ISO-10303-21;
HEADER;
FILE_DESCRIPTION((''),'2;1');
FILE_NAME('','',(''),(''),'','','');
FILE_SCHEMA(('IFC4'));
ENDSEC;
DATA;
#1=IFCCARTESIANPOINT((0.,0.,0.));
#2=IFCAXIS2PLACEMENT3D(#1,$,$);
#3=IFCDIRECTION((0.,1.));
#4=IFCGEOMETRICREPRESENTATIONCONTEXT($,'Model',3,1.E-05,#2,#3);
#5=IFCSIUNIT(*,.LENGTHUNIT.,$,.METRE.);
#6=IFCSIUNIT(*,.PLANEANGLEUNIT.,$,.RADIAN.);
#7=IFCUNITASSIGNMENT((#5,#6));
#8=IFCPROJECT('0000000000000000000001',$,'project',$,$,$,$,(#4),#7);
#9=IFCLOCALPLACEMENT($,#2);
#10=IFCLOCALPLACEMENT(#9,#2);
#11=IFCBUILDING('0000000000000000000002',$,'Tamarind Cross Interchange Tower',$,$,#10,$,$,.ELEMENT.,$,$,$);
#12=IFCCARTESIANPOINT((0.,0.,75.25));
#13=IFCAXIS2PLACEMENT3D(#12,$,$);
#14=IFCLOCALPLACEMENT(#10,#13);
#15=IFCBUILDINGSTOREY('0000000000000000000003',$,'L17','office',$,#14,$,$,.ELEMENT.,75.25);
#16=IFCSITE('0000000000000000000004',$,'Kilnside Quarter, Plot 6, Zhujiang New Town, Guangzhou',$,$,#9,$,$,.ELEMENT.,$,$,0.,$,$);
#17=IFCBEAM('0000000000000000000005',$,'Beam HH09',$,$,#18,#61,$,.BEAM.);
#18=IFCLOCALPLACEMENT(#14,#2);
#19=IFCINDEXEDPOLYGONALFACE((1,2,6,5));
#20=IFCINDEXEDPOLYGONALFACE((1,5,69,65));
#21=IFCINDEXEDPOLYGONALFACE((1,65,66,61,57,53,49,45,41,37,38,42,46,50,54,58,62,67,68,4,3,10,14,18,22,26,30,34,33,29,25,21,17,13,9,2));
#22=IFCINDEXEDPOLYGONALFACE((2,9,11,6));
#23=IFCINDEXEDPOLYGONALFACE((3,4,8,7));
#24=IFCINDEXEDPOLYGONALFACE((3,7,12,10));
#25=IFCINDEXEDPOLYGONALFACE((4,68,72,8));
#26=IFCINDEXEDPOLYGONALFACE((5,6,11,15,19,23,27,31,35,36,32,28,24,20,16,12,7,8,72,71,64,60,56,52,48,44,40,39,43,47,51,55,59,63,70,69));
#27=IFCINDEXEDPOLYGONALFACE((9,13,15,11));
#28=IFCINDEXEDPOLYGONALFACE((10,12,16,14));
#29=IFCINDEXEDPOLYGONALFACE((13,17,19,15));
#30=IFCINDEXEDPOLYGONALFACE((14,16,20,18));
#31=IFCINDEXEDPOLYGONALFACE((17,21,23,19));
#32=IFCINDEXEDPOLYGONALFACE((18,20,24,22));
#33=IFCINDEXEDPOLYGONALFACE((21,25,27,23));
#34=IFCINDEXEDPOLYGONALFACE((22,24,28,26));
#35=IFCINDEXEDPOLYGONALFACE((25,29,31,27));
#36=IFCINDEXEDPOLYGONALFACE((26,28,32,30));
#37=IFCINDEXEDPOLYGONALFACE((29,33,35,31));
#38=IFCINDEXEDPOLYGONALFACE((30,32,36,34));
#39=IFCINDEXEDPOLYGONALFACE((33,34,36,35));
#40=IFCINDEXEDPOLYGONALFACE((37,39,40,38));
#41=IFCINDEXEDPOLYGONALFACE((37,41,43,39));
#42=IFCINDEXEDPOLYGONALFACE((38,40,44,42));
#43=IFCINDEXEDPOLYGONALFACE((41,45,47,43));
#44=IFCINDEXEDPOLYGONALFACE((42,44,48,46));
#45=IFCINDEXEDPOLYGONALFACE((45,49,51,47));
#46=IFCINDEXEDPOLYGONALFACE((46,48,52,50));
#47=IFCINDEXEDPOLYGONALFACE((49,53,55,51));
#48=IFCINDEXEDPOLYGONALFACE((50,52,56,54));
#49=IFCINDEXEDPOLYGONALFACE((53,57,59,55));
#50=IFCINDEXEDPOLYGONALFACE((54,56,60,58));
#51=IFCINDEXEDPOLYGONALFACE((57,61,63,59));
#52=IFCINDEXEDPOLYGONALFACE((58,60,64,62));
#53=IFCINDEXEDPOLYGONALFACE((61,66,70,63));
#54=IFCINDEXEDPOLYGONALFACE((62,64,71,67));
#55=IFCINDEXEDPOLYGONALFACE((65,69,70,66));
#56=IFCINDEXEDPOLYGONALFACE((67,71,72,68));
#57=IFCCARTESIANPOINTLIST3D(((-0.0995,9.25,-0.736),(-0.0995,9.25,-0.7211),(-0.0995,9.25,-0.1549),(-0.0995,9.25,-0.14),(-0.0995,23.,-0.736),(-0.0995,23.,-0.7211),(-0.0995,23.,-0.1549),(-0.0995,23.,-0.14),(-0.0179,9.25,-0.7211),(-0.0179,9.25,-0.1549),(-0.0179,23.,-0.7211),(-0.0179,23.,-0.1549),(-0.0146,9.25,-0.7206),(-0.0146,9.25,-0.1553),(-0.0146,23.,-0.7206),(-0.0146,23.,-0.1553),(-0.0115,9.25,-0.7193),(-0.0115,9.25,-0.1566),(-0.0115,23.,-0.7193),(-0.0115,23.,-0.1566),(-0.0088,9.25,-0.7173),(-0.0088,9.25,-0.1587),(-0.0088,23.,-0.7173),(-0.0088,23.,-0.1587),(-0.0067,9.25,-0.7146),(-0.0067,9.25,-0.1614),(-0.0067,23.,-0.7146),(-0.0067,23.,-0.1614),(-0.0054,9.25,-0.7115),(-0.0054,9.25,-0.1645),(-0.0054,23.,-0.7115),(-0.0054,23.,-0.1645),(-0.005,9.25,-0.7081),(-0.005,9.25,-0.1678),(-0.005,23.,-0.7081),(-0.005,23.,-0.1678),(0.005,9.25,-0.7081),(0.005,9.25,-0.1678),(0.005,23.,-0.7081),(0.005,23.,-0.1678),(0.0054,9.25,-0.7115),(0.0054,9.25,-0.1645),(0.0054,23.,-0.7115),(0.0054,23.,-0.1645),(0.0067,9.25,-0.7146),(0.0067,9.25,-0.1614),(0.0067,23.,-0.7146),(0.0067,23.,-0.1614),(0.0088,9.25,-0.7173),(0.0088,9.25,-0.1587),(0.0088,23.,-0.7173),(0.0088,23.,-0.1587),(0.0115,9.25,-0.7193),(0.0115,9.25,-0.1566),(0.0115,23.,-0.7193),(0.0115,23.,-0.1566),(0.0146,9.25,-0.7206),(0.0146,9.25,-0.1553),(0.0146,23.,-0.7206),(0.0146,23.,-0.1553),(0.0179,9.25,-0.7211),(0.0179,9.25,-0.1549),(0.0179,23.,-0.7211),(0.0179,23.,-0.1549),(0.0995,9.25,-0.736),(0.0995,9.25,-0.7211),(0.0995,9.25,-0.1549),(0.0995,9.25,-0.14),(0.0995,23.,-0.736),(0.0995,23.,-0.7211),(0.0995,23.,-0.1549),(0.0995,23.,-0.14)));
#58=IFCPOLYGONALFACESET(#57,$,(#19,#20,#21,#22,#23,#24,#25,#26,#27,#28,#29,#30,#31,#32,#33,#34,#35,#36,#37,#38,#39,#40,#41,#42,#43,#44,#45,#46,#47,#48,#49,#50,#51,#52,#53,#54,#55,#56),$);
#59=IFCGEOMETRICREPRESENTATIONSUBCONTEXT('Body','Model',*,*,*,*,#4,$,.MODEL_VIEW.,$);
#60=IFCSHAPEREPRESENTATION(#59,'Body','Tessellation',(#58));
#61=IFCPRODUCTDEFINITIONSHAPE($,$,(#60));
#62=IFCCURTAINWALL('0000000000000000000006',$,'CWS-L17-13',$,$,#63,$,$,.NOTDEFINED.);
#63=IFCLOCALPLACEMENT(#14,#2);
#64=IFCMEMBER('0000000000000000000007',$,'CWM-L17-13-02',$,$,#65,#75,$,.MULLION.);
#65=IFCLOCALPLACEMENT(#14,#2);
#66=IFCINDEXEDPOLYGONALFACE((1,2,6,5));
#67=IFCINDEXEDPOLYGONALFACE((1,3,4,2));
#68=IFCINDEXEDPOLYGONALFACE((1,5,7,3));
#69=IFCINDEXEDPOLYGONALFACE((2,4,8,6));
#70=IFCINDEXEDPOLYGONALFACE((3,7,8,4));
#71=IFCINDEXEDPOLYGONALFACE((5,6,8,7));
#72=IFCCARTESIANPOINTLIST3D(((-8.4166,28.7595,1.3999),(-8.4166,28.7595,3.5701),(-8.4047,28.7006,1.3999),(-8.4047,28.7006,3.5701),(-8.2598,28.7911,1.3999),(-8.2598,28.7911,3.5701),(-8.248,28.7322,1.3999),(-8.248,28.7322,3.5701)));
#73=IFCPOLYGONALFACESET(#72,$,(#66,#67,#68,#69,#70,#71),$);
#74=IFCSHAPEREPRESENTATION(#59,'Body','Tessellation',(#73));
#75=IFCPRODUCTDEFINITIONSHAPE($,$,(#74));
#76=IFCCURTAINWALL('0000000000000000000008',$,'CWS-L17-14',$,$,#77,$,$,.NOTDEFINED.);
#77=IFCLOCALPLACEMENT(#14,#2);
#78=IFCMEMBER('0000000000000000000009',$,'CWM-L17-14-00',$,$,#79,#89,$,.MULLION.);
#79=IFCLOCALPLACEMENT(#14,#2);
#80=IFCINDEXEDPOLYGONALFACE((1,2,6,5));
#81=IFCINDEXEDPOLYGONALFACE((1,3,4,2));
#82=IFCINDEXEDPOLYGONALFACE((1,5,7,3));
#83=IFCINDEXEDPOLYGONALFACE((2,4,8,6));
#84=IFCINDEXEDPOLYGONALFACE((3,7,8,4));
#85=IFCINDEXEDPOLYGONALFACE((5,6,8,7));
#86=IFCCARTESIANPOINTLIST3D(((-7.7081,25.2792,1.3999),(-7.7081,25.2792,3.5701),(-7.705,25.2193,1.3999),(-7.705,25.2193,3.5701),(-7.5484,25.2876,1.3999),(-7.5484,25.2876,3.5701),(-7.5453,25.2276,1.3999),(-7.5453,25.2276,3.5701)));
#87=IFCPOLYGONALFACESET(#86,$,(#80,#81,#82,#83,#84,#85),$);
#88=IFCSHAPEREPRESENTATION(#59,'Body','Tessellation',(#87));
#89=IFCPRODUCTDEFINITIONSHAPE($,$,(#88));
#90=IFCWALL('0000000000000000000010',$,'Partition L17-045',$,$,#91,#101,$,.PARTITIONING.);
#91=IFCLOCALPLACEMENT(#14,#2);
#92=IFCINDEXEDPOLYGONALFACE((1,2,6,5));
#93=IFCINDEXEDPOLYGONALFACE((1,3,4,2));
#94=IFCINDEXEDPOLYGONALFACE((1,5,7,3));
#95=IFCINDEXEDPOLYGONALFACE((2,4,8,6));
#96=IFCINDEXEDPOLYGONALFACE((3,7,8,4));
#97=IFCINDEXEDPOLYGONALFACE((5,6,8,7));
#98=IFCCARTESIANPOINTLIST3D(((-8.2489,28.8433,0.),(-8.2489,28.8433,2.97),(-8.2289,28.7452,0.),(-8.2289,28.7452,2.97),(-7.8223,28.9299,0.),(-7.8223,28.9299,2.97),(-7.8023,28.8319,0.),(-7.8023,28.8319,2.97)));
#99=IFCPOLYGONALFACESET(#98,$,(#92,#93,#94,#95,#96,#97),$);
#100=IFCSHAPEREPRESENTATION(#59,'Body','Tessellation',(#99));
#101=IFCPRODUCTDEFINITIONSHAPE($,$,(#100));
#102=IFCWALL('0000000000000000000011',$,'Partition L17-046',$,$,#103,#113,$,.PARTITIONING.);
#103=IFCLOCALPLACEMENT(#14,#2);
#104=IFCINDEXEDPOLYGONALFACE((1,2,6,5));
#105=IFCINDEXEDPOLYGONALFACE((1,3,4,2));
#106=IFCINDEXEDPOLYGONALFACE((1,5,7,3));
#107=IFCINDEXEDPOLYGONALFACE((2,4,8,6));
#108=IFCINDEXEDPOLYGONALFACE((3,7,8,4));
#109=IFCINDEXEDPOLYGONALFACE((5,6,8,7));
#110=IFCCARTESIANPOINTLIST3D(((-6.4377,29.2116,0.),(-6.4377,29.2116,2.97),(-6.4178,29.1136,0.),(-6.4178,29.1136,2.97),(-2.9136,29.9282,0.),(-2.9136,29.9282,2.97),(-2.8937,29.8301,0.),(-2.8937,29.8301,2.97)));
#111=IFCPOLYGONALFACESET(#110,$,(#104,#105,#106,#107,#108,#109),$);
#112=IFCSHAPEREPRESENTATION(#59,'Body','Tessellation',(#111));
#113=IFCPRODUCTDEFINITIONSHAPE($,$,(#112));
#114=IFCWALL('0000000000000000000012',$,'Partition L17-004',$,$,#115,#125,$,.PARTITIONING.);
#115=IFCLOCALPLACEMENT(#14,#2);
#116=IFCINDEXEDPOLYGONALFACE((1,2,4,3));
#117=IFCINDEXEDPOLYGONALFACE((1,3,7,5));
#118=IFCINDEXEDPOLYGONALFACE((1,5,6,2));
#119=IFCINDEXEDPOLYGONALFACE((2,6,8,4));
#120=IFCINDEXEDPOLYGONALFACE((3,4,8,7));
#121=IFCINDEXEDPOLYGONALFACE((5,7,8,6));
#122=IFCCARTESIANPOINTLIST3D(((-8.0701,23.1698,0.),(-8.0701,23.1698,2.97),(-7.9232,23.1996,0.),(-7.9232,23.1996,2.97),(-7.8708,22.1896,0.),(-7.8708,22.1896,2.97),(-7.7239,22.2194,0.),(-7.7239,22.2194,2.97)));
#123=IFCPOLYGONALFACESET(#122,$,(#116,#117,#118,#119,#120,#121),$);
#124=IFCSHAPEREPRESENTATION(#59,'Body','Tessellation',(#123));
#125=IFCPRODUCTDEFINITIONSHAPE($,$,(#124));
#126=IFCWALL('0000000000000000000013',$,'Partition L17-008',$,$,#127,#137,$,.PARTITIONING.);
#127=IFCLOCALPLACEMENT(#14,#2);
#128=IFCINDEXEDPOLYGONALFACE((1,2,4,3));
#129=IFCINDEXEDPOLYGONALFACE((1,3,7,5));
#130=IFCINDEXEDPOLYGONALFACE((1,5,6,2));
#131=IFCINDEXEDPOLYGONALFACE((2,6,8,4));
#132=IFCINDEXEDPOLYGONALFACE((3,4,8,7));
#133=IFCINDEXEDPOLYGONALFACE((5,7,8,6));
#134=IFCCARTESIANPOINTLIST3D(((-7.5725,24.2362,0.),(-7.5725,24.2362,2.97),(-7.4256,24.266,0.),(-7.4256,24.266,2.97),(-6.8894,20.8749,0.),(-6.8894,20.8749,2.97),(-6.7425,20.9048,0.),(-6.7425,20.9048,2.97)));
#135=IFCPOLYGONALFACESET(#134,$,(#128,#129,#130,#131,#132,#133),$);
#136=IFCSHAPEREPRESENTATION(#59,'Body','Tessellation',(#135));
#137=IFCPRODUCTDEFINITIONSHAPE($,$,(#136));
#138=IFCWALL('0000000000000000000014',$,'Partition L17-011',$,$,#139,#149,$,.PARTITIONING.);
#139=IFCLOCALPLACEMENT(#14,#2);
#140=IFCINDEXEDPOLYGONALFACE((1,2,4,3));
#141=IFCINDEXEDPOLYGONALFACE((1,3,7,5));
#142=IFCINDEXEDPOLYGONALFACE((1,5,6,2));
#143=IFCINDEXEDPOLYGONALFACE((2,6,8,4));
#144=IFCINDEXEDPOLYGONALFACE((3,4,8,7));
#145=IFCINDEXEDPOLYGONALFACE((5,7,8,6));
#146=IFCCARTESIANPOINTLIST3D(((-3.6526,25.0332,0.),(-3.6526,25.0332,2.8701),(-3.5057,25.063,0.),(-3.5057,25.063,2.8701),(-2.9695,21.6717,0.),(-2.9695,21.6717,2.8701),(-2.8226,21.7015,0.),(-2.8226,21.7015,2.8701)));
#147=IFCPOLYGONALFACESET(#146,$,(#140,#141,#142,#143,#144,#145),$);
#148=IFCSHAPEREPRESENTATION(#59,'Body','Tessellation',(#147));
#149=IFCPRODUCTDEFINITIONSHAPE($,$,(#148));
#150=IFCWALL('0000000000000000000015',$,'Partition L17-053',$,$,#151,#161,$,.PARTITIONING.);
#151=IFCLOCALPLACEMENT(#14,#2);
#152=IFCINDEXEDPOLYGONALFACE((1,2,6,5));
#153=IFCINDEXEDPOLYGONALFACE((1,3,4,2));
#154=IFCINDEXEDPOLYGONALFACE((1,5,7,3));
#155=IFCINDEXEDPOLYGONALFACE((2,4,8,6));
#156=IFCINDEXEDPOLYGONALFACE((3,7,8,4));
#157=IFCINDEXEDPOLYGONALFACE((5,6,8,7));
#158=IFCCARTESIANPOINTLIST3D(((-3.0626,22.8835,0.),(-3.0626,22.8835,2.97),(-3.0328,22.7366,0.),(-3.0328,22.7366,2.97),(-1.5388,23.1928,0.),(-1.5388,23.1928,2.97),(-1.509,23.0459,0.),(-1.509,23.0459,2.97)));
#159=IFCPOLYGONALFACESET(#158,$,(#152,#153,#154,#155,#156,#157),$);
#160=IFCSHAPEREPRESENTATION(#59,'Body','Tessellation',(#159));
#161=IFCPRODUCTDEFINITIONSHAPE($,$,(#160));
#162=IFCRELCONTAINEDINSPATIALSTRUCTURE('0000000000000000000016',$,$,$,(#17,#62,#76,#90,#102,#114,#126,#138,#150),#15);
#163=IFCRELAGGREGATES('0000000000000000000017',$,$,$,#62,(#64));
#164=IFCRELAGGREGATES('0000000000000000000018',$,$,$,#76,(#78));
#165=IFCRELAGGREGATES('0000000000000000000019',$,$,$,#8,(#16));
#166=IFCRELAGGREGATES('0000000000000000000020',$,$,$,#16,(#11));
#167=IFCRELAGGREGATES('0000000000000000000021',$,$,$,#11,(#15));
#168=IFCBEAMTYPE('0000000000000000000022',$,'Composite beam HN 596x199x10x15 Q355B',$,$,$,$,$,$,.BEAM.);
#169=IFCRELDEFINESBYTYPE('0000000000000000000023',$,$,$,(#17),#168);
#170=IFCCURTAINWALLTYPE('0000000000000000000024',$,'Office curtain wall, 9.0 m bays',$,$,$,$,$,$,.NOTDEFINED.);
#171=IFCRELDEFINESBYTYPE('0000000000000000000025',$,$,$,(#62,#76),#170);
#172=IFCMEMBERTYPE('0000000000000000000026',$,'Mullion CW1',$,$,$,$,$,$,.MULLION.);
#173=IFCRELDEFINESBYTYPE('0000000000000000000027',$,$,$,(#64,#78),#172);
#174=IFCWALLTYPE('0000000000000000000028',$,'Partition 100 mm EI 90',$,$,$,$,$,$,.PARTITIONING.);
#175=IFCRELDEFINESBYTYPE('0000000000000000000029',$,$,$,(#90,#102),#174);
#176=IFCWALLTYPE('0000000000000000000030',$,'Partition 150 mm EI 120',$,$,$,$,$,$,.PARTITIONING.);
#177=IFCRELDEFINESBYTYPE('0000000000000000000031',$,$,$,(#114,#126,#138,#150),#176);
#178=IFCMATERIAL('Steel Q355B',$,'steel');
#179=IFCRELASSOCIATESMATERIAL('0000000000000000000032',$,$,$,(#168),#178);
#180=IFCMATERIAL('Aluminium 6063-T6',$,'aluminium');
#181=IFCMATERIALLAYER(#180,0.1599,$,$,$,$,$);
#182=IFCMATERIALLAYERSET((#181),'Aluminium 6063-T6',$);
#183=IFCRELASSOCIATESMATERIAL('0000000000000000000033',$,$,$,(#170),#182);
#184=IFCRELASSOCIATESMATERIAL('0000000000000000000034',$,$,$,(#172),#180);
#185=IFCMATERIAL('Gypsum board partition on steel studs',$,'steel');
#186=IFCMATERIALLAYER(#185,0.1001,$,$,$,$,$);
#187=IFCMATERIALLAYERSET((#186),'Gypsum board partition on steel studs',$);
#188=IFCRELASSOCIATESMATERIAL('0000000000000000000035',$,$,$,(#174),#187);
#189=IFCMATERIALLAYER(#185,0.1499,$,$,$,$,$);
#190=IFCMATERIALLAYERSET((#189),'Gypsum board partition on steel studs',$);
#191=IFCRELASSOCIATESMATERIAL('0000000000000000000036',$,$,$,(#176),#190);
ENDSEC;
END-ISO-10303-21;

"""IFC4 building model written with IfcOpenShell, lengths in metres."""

from ifc_helpers import new_model, si_unit, direction, frame, frame_2d, origin, origin_2d, place, context, subcontext, project, spatial, rectangle, i_section, extrude, material, layer, layer_set, material_profile, profile_set, type_object, element, aggregate, save


model = new_model("IFC4")

# Units and contexts
model_context = context("Model", 3, precision=1e-05, world=origin(), true_north=direction((0.0, 1.0)))
body_context = subcontext(model_context, "Body", "Model", "MODEL_VIEW")
ifc_project = project(units=[si_unit("LENGTHUNIT", "METRE"), si_unit("PLANEANGLEUNIT", "RADIAN")], contexts=[model_context])

# Site, building, storey
site_placement = place(None, origin())
site = spatial("IfcSite", under=ifc_project, at=site_placement, Name="Kilnside Quarter, Plot 6, Zhujiang New Town, Guangzhou", CompositionType="ELEMENT", RefElevation=0.0)
building_placement = place(site_placement, origin())
building = spatial("IfcBuilding", under=site, at=building_placement, Name="Tamarind Cross Interchange Tower", CompositionType="ELEMENT")
storey_placement = place(building_placement, frame((0.0, 0.0, 75.25)))
storey = spatial("IfcBuildingStorey", under=building, at=storey_placement, Name="L17", Description="office", CompositionType="ELEMENT", Elevation=75.25)

# Beam
ifc_material_1 = material(Name="Steel Q355B", Category="steel")
ifc_material_profile_1 = material_profile(ifc_material_1, i_section(OverallWidth=0.199, OverallDepth=0.5959, WebThickness=0.01, FlangeThickness=0.0149, FilletRadius=0.0129, at=origin_2d()), Name="HN 596x199x10x15")
ifc_profile_set_1 = profile_set([ifc_material_profile_1], Name="Steel Q355B")
beam_type_1 = type_object("IfcBeamType", Name="Composite beam HN 596x199x10x15 Q355B", PredefinedType="BEAM", material=ifc_profile_set_1)
beam_1_placement = place(storey_placement, frame((0.0, 23.0, -0.438), z_axis=(0.0, -1.0, 0.0), x_axis=(1.0, 0.0, 0.0)))
element("IfcBeam", 1, at=beam_1_placement, inside=storey, type_object=beam_type_1, Name="Beam HH09", PredefinedType="BEAM", context=body_context, shape_type="SweptSolid", body=[
    extrude(i_section(OverallWidth=0.199, OverallDepth=0.5959, WebThickness=0.01, FlangeThickness=0.0149, FilletRadius=0.0129, at=origin_2d()), origin(), (0.0, 0.0, 1.0), 13.75),
])

# Curtain walls, members
ifc_material_2 = material(Name="Aluminium 6063-T6", Category="aluminium")
ifc_layer_1 = layer(ifc_material_2, 0.1599)
ifc_layer_set_1 = layer_set([ifc_layer_1], Name="Aluminium 6063-T6")
curtain_wall_type = type_object("IfcCurtainWallType", Name="Office curtain wall, 9.0 m bays", PredefinedType="NOTDEFINED", material=ifc_layer_set_1)
curtain_wall_1_placement = place(storey_placement, origin())
curtain_wall_1 = element("IfcCurtainWall", 2, at=curtain_wall_1_placement, inside=storey, type_object=curtain_wall_type, Name="CWS-L17-13", PredefinedType="NOTDEFINED")
ifc_material_profile_2 = material_profile(ifc_material_2, rectangle(XDim=0.0601, YDim=0.1599, at=origin_2d()), Name="Mullion CW1")
ifc_profile_set_2 = profile_set([ifc_material_profile_2], Name="Aluminium 6063-T6")
member_type = type_object("IfcMemberType", Name="Mullion CW1", PredefinedType="MULLION", material=ifc_profile_set_2)
member_1_placement = place(storey_placement, frame((-8.3323, 28.7458, 1.3999), z_axis=(0.0, 0.0, 1.0), x_axis=(0.198023, -0.980197, 0.0)))
member_1 = element("IfcMember", 3, at=member_1_placement, type_object=member_type, Name="CWM-L17-13-02", PredefinedType="MULLION", context=body_context, shape_type="SweptSolid", body=[
    extrude(rectangle(XDim=0.0601, YDim=0.1599, at=origin_2d()), origin(), (0.0, 0.0, 1.0), 2.1702),
])
aggregate(curtain_wall_1, [member_1])
curtain_wall_2_placement = place(storey_placement, origin())
curtain_wall_2 = element("IfcCurtainWall", 4, at=curtain_wall_2_placement, inside=storey, type_object=curtain_wall_type, Name="CWS-L17-14", PredefinedType="NOTDEFINED")
member_2_placement = place(storey_placement, frame((-7.6267, 25.2534, 1.3999), z_axis=(0.0, 0.0, 1.0), x_axis=(0.052249, -0.998634, 0.0)))
member_2 = element("IfcMember", 5, at=member_2_placement, type_object=member_type, Name="CWM-L17-14-00", PredefinedType="MULLION", context=body_context, shape_type="SweptSolid", body=[
    extrude(rectangle(XDim=0.0601, YDim=0.1599, at=origin_2d()), origin(), (0.0, 0.0, 1.0), 2.1702),
])
aggregate(curtain_wall_2, [member_2])

# Walls
ifc_material_3 = material(Name="Gypsum board partition on steel studs", Category="steel")
ifc_layer_2 = layer(ifc_material_3, 0.1001)
ifc_layer_set_2 = layer_set([ifc_layer_2], Name="Gypsum board partition on steel studs")
wall_type_1 = type_object("IfcWallType", Name="Partition 100 mm EI 90", PredefinedType="PARTITIONING", material=ifc_layer_set_2)
wall_1_placement = place(storey_placement, frame((-8.239, 28.7942, 0.0), z_axis=(0.0, 0.0, 1.0), x_axis=(0.979972, 0.199136, 0.0)))
element("IfcWall", 6, at=wall_1_placement, inside=storey, type_object=wall_type_1, Name="Partition L17-045", PredefinedType="PARTITIONING", context=body_context, shape_type="SweptSolid", body=[
    extrude(rectangle(XDim=0.4353, YDim=0.1001, at=frame_2d((0.2178, 0.0))), origin(), (0.0, 0.0, 1.0), 2.97),
])
wall_2_placement = place(storey_placement, frame((-6.4277, 29.1626, 0.0), z_axis=(0.0, 0.0, 1.0), x_axis=(0.979949, 0.199248, 0.0)))
element("IfcWall", 7, at=wall_2_placement, inside=storey, type_object=wall_type_1, Name="Partition L17-046", PredefinedType="PARTITIONING", context=body_context, shape_type="SweptSolid", body=[
    extrude(rectangle(XDim=3.5962, YDim=0.1001, at=frame_2d((1.7981, 0.0))), origin(), (0.0, 0.0, 1.0), 2.97),
])
ifc_layer_3 = layer(ifc_material_3, 0.1499)
ifc_layer_set_3 = layer_set([ifc_layer_3], Name="Gypsum board partition on steel studs")
wall_type_2 = type_object("IfcWallType", Name="Partition 150 mm EI 120", PredefinedType="PARTITIONING", material=ifc_layer_set_3)
wall_3_placement = place(storey_placement, frame((-7.9966, 23.1846, 0.0), z_axis=(0.0, 0.0, 1.0), x_axis=(0.199166, -0.979966, 0.0)))
element("IfcWall", 8, at=wall_3_placement, inside=storey, type_object=wall_type_2, Name="Partition L17-004", PredefinedType="PARTITIONING", context=body_context, shape_type="SweptSolid", body=[
    extrude(rectangle(XDim=1.0002, YDim=0.1499, at=frame_2d((0.5, 0.0))), origin(), (0.0, 0.0, 1.0), 2.97),
])
wall_4_placement = place(storey_placement, frame((-7.499, 24.251, 0.0), z_axis=(0.0, 0.0, 1.0), x_axis=(0.199154, -0.979968, 0.0)))
element("IfcWall", 9, at=wall_4_placement, inside=storey, type_object=wall_type_2, Name="Partition L17-008", PredefinedType="PARTITIONING", context=body_context, shape_type="SweptSolid", body=[
    extrude(rectangle(XDim=3.4299, YDim=0.1499, at=frame_2d((1.7148, 0.0))), origin(), (0.0, 0.0, 1.0), 2.97),
])
wall_5_placement = place(storey_placement, frame((-3.5791, 25.0481, 0.0), z_axis=(0.0, 0.0, 1.0), x_axis=(0.19914, -0.979971, 0.0)))
element("IfcWall", 10, at=wall_5_placement, inside=storey, type_object=wall_type_2, Name="Partition L17-011", PredefinedType="PARTITIONING", context=body_context, shape_type="SweptSolid", body=[
    extrude(rectangle(XDim=3.4302, YDim=0.1499, at=frame_2d((1.7151, 0.0))), origin(), (0.0, 0.0, 1.0), 2.8701),
])
wall_6_placement = place(storey_placement, frame((-3.0476, 22.8101, 0.0), z_axis=(0.0, 0.0, 1.0), x_axis=(0.980015, 0.198923, 0.0)))
element("IfcWall", 11, at=wall_6_placement, inside=storey, type_object=wall_type_2, Name="Partition L17-053", PredefinedType="PARTITIONING", context=body_context, shape_type="SweptSolid", body=[
    extrude(rectangle(XDim=1.5549, YDim=0.1499, at=frame_2d((0.7773, 0.0))), origin(), (0.0, 0.0, 1.0), 2.97),
])

save(model, "model.ifc")
